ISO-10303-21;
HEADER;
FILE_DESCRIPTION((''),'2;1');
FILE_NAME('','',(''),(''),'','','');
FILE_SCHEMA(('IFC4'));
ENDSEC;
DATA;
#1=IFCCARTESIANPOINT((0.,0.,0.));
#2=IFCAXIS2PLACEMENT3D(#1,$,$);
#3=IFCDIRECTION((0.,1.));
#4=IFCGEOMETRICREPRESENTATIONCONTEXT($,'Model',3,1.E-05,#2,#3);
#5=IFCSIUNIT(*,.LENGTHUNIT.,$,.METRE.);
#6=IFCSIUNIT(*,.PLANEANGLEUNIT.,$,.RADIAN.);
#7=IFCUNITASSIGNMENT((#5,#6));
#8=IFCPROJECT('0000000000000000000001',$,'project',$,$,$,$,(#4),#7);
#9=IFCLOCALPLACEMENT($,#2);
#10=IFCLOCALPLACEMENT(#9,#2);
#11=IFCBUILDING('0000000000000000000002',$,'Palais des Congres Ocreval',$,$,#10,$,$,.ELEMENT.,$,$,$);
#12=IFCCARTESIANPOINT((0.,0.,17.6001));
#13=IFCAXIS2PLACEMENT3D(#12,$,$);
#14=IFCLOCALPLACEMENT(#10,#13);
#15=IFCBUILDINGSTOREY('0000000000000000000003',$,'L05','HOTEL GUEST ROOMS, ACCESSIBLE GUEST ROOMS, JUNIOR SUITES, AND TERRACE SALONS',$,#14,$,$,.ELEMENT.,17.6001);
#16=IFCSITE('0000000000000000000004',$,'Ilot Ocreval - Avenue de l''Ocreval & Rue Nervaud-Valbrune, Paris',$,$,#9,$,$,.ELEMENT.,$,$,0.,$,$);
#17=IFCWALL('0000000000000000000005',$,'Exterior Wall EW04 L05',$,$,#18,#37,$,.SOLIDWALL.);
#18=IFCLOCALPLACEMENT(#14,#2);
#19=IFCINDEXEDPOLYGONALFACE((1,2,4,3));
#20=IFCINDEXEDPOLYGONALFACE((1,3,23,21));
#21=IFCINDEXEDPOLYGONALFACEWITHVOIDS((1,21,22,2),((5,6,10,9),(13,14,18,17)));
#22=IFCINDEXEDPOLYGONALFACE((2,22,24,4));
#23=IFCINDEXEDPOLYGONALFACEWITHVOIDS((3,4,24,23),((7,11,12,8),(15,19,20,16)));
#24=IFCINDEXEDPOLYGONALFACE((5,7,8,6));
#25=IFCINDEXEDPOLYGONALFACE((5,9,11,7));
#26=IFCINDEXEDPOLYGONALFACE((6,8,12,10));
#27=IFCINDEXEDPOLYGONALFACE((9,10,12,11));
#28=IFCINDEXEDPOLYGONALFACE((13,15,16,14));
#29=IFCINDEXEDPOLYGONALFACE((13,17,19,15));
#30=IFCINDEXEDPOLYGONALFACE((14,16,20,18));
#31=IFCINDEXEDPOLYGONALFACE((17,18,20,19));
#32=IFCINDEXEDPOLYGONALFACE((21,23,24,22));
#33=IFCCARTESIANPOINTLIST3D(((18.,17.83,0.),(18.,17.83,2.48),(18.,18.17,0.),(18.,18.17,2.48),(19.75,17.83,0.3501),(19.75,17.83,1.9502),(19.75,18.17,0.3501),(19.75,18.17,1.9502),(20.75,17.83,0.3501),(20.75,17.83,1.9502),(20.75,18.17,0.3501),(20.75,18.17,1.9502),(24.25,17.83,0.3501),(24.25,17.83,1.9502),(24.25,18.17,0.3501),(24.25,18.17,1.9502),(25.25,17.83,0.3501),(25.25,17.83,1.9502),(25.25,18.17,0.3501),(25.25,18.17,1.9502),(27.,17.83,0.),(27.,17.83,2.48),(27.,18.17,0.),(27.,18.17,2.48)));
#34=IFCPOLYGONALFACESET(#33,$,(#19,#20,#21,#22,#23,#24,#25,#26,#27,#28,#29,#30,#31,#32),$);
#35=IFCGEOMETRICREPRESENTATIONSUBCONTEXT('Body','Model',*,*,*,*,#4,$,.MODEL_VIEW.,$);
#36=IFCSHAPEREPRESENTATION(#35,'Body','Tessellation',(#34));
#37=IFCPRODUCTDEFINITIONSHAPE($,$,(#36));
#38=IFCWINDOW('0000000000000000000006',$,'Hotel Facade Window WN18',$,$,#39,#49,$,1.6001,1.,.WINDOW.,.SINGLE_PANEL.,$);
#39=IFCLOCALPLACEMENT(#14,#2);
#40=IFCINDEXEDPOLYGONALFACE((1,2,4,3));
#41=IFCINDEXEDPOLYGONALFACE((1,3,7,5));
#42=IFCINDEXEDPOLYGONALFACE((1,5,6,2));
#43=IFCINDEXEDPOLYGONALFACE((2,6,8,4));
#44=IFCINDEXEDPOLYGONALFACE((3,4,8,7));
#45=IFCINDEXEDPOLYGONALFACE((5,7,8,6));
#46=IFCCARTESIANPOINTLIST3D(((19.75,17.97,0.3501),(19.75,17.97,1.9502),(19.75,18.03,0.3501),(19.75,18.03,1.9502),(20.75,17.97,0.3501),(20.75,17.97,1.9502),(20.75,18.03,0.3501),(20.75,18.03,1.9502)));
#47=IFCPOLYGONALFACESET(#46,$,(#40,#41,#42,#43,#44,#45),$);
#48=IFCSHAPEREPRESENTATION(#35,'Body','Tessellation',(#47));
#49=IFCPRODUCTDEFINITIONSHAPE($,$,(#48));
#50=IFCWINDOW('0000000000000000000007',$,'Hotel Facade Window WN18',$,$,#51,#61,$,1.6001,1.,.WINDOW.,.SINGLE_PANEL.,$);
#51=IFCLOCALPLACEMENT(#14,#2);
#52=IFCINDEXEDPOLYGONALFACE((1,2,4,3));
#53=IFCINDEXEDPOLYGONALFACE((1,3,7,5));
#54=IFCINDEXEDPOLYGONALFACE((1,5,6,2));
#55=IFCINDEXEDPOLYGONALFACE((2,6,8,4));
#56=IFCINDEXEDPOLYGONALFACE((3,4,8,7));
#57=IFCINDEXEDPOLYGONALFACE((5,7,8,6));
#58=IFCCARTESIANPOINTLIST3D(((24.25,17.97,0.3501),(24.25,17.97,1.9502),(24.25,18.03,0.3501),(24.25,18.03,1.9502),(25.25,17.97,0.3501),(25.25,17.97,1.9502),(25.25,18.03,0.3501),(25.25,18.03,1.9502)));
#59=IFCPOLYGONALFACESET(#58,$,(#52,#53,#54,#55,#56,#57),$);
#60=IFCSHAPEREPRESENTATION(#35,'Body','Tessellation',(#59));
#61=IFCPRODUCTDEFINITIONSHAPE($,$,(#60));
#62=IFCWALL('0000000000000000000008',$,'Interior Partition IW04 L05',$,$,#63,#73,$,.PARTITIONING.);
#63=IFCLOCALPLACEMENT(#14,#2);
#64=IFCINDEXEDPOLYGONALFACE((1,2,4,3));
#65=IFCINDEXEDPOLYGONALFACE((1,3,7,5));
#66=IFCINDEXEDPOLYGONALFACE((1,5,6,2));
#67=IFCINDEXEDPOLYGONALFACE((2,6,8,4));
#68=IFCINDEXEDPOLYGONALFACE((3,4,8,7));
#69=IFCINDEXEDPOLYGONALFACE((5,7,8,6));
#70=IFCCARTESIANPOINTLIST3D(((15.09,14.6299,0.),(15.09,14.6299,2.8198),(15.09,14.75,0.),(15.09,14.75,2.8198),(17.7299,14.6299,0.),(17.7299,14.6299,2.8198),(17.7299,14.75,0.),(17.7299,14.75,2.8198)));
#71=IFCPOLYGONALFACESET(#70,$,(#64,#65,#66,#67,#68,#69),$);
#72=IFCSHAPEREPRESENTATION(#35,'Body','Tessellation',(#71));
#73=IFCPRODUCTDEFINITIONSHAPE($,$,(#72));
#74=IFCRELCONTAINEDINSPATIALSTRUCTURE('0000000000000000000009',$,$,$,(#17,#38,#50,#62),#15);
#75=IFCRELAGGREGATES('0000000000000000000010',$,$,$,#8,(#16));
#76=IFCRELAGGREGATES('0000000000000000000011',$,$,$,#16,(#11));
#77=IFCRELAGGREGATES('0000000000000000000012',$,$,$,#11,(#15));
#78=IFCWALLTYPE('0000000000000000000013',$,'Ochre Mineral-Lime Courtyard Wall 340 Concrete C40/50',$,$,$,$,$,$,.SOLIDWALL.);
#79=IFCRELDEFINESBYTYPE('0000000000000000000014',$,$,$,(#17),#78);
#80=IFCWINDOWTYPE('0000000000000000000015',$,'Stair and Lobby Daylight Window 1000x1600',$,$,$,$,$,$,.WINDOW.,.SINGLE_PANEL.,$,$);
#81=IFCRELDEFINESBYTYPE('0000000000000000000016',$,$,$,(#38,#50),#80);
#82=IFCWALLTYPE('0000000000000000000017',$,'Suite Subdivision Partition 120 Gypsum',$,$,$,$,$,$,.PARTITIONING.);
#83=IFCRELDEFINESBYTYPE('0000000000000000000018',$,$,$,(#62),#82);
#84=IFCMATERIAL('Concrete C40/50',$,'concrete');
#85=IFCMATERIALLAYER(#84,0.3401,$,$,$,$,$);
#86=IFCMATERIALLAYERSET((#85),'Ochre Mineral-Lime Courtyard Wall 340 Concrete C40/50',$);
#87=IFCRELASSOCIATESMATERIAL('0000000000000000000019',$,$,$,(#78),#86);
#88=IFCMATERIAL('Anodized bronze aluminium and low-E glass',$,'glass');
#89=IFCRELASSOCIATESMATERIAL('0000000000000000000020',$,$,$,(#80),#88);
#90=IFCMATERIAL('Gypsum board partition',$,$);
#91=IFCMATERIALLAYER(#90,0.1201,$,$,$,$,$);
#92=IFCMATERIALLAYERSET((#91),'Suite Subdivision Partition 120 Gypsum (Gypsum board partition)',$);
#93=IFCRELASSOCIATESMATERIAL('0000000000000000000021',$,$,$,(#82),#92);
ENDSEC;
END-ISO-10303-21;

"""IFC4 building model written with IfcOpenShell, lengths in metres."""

from ifc_helpers import new_model, si_unit, direction, frame, frame_2d, origin, place, context, subcontext, project, spatial, rectangle, extrude, material, layer, layer_set, type_object, element, fill, save


model = new_model("IFC4")

# Units and contexts
model_context = context("Model", 3, precision=1e-05, world=origin(), true_north=direction((0.0, 1.0)))
body_context = subcontext(model_context, "Body", "Model", "MODEL_VIEW")
ifc_project = project(units=[si_unit("LENGTHUNIT", "METRE"), si_unit("PLANEANGLEUNIT", "RADIAN")], contexts=[model_context])

# Site, building, storey
site_placement = place(None, origin())
site = spatial("IfcSite", under=ifc_project, at=site_placement, Name="Ilot Ocreval - Avenue de l'Ocreval & Rue Nervaud-Valbrune, Paris", CompositionType="ELEMENT", RefElevation=0.0)
building_placement = place(site_placement, origin())
building = spatial("IfcBuilding", under=site, at=building_placement, Name="Palais des Congres Ocreval", CompositionType="ELEMENT")
storey_placement = place(building_placement, frame((0.0, 0.0, 17.6001)))
storey = spatial("IfcBuildingStorey", under=building, at=storey_placement, Name="L05", Description="HOTEL GUEST ROOMS, ACCESSIBLE GUEST ROOMS, JUNIOR SUITES, AND TERRACE SALONS", CompositionType="ELEMENT", Elevation=17.6001)

# Shared definitions
ifc_material_1 = material(Name="Concrete C40/50", Category="concrete")

# Wall, openings, windows
ifc_layer_1 = layer(ifc_material_1, 0.3401)
ifc_layer_set_1 = layer_set([ifc_layer_1], Name="Ochre Mineral-Lime Courtyard Wall 340 Concrete C40/50")
wall_type_1 = type_object("IfcWallType", Name="Ochre Mineral-Lime Courtyard Wall 340 Concrete C40/50", PredefinedType="SOLIDWALL", material=ifc_layer_set_1)
wall_1_placement = place(storey_placement, frame((18.0, 18.0, 0.0), z_axis=(0.0, 0.0, 1.0), x_axis=(1.0, 0.0, 0.0)))
wall_1 = element("IfcWall", 1, at=wall_1_placement, inside=storey, type_object=wall_type_1, Name="Exterior Wall EW04 L05", PredefinedType="SOLIDWALL", context=body_context, shape_type="SweptSolid", body=[
    extrude(rectangle(XDim=9.0, YDim=0.3401, at=frame_2d((4.5, 0.0))), origin(), (0.0, 0.0, 1.0), 2.48),
])
opening_1_placement = place(wall_1_placement, frame((1.75, 0.0, 0.3501)))
opening_1 = element("IfcOpeningElement", 2, at=opening_1_placement, cuts=wall_1, PredefinedType="OPENING", context=body_context, shape_type="SweptSolid", body=[
    extrude(rectangle(XDim=1.0, YDim=1.6001, at=frame_2d((0.5, 0.8))), frame((0.0, 0.1799, 0.0), z_axis=(0.0, -1.0, 0.0), x_axis=(1.0, 0.0, 0.0)), (0.0, 0.0, 1.0), 0.3601),
])
opening_2_placement = place(wall_1_placement, frame((6.25, 0.0, 0.3501)))
opening_2 = element("IfcOpeningElement", 3, at=opening_2_placement, cuts=wall_1, PredefinedType="OPENING", context=body_context, shape_type="SweptSolid", body=[
    extrude(rectangle(XDim=1.0, YDim=1.6001, at=frame_2d((0.5, 0.8))), frame((0.0, 0.1799, 0.0), z_axis=(0.0, -1.0, 0.0), x_axis=(1.0, 0.0, 0.0)), (0.0, 0.0, 1.0), 0.3601),
])
ifc_material_2 = material(Name="Anodized bronze aluminium and low-E glass", Category="glass")
window_type = type_object("IfcWindowType", Name="Stair and Lobby Daylight Window 1000x1600", PartitioningType="SINGLE_PANEL", PredefinedType="WINDOW", material=ifc_material_2)
window_1_placement = place(opening_1_placement, origin())
window_1 = element("IfcWindow", 4, at=window_1_placement, inside=storey, type_object=window_type, Name="Hotel Facade Window WN18", OverallHeight=1.6001, OverallWidth=1.0, PartitioningType="SINGLE_PANEL", PredefinedType="WINDOW", context=body_context, shape_type="SweptSolid", body=[
    extrude(rectangle(XDim=1.0, YDim=1.6001, at=frame_2d((0.5, 0.8))), frame((0.0, 0.03, 0.0), z_axis=(0.0, -1.0, 0.0), x_axis=(1.0, 0.0, 0.0)), (0.0, 0.0, 1.0), 0.0601),
])
fill(opening_1, window_1)
window_2_placement = place(opening_2_placement, origin())
window_2 = element("IfcWindow", 5, at=window_2_placement, inside=storey, type_object=window_type, Name="Hotel Facade Window WN18", OverallHeight=1.6001, OverallWidth=1.0, PartitioningType="SINGLE_PANEL", PredefinedType="WINDOW", context=body_context, shape_type="SweptSolid", body=[
    extrude(rectangle(XDim=1.0, YDim=1.6001, at=frame_2d((0.5, 0.8))), frame((0.0, 0.03, 0.0), z_axis=(0.0, -1.0, 0.0), x_axis=(1.0, 0.0, 0.0)), (0.0, 0.0, 1.0), 0.0601),
])
fill(opening_2, window_2)

# Wall
ifc_material_3 = material(Name="Gypsum board partition")
ifc_layer_2 = layer(ifc_material_3, 0.1201)
ifc_layer_set_2 = layer_set([ifc_layer_2], Name="Suite Subdivision Partition 120 Gypsum (Gypsum board partition)")
wall_type_2 = type_object("IfcWallType", Name="Suite Subdivision Partition 120 Gypsum", PredefinedType="PARTITIONING", material=ifc_layer_set_2)
wall_2_placement = place(storey_placement, frame((15.0901, 14.6899, 0.0), z_axis=(0.0, 0.0, 1.0), x_axis=(1.0, 0.0, 0.0)))
element("IfcWall", 6, at=wall_2_placement, inside=storey, type_object=wall_type_2, Name="Interior Partition IW04 L05", PredefinedType="PARTITIONING", context=body_context, shape_type="SweptSolid", body=[
    extrude(rectangle(XDim=2.6399, YDim=0.1201, at=frame_2d((1.3198, 0.0))), origin(), (0.0, 0.0, 1.0), 2.8198),
])

save(model, "model.ifc")
